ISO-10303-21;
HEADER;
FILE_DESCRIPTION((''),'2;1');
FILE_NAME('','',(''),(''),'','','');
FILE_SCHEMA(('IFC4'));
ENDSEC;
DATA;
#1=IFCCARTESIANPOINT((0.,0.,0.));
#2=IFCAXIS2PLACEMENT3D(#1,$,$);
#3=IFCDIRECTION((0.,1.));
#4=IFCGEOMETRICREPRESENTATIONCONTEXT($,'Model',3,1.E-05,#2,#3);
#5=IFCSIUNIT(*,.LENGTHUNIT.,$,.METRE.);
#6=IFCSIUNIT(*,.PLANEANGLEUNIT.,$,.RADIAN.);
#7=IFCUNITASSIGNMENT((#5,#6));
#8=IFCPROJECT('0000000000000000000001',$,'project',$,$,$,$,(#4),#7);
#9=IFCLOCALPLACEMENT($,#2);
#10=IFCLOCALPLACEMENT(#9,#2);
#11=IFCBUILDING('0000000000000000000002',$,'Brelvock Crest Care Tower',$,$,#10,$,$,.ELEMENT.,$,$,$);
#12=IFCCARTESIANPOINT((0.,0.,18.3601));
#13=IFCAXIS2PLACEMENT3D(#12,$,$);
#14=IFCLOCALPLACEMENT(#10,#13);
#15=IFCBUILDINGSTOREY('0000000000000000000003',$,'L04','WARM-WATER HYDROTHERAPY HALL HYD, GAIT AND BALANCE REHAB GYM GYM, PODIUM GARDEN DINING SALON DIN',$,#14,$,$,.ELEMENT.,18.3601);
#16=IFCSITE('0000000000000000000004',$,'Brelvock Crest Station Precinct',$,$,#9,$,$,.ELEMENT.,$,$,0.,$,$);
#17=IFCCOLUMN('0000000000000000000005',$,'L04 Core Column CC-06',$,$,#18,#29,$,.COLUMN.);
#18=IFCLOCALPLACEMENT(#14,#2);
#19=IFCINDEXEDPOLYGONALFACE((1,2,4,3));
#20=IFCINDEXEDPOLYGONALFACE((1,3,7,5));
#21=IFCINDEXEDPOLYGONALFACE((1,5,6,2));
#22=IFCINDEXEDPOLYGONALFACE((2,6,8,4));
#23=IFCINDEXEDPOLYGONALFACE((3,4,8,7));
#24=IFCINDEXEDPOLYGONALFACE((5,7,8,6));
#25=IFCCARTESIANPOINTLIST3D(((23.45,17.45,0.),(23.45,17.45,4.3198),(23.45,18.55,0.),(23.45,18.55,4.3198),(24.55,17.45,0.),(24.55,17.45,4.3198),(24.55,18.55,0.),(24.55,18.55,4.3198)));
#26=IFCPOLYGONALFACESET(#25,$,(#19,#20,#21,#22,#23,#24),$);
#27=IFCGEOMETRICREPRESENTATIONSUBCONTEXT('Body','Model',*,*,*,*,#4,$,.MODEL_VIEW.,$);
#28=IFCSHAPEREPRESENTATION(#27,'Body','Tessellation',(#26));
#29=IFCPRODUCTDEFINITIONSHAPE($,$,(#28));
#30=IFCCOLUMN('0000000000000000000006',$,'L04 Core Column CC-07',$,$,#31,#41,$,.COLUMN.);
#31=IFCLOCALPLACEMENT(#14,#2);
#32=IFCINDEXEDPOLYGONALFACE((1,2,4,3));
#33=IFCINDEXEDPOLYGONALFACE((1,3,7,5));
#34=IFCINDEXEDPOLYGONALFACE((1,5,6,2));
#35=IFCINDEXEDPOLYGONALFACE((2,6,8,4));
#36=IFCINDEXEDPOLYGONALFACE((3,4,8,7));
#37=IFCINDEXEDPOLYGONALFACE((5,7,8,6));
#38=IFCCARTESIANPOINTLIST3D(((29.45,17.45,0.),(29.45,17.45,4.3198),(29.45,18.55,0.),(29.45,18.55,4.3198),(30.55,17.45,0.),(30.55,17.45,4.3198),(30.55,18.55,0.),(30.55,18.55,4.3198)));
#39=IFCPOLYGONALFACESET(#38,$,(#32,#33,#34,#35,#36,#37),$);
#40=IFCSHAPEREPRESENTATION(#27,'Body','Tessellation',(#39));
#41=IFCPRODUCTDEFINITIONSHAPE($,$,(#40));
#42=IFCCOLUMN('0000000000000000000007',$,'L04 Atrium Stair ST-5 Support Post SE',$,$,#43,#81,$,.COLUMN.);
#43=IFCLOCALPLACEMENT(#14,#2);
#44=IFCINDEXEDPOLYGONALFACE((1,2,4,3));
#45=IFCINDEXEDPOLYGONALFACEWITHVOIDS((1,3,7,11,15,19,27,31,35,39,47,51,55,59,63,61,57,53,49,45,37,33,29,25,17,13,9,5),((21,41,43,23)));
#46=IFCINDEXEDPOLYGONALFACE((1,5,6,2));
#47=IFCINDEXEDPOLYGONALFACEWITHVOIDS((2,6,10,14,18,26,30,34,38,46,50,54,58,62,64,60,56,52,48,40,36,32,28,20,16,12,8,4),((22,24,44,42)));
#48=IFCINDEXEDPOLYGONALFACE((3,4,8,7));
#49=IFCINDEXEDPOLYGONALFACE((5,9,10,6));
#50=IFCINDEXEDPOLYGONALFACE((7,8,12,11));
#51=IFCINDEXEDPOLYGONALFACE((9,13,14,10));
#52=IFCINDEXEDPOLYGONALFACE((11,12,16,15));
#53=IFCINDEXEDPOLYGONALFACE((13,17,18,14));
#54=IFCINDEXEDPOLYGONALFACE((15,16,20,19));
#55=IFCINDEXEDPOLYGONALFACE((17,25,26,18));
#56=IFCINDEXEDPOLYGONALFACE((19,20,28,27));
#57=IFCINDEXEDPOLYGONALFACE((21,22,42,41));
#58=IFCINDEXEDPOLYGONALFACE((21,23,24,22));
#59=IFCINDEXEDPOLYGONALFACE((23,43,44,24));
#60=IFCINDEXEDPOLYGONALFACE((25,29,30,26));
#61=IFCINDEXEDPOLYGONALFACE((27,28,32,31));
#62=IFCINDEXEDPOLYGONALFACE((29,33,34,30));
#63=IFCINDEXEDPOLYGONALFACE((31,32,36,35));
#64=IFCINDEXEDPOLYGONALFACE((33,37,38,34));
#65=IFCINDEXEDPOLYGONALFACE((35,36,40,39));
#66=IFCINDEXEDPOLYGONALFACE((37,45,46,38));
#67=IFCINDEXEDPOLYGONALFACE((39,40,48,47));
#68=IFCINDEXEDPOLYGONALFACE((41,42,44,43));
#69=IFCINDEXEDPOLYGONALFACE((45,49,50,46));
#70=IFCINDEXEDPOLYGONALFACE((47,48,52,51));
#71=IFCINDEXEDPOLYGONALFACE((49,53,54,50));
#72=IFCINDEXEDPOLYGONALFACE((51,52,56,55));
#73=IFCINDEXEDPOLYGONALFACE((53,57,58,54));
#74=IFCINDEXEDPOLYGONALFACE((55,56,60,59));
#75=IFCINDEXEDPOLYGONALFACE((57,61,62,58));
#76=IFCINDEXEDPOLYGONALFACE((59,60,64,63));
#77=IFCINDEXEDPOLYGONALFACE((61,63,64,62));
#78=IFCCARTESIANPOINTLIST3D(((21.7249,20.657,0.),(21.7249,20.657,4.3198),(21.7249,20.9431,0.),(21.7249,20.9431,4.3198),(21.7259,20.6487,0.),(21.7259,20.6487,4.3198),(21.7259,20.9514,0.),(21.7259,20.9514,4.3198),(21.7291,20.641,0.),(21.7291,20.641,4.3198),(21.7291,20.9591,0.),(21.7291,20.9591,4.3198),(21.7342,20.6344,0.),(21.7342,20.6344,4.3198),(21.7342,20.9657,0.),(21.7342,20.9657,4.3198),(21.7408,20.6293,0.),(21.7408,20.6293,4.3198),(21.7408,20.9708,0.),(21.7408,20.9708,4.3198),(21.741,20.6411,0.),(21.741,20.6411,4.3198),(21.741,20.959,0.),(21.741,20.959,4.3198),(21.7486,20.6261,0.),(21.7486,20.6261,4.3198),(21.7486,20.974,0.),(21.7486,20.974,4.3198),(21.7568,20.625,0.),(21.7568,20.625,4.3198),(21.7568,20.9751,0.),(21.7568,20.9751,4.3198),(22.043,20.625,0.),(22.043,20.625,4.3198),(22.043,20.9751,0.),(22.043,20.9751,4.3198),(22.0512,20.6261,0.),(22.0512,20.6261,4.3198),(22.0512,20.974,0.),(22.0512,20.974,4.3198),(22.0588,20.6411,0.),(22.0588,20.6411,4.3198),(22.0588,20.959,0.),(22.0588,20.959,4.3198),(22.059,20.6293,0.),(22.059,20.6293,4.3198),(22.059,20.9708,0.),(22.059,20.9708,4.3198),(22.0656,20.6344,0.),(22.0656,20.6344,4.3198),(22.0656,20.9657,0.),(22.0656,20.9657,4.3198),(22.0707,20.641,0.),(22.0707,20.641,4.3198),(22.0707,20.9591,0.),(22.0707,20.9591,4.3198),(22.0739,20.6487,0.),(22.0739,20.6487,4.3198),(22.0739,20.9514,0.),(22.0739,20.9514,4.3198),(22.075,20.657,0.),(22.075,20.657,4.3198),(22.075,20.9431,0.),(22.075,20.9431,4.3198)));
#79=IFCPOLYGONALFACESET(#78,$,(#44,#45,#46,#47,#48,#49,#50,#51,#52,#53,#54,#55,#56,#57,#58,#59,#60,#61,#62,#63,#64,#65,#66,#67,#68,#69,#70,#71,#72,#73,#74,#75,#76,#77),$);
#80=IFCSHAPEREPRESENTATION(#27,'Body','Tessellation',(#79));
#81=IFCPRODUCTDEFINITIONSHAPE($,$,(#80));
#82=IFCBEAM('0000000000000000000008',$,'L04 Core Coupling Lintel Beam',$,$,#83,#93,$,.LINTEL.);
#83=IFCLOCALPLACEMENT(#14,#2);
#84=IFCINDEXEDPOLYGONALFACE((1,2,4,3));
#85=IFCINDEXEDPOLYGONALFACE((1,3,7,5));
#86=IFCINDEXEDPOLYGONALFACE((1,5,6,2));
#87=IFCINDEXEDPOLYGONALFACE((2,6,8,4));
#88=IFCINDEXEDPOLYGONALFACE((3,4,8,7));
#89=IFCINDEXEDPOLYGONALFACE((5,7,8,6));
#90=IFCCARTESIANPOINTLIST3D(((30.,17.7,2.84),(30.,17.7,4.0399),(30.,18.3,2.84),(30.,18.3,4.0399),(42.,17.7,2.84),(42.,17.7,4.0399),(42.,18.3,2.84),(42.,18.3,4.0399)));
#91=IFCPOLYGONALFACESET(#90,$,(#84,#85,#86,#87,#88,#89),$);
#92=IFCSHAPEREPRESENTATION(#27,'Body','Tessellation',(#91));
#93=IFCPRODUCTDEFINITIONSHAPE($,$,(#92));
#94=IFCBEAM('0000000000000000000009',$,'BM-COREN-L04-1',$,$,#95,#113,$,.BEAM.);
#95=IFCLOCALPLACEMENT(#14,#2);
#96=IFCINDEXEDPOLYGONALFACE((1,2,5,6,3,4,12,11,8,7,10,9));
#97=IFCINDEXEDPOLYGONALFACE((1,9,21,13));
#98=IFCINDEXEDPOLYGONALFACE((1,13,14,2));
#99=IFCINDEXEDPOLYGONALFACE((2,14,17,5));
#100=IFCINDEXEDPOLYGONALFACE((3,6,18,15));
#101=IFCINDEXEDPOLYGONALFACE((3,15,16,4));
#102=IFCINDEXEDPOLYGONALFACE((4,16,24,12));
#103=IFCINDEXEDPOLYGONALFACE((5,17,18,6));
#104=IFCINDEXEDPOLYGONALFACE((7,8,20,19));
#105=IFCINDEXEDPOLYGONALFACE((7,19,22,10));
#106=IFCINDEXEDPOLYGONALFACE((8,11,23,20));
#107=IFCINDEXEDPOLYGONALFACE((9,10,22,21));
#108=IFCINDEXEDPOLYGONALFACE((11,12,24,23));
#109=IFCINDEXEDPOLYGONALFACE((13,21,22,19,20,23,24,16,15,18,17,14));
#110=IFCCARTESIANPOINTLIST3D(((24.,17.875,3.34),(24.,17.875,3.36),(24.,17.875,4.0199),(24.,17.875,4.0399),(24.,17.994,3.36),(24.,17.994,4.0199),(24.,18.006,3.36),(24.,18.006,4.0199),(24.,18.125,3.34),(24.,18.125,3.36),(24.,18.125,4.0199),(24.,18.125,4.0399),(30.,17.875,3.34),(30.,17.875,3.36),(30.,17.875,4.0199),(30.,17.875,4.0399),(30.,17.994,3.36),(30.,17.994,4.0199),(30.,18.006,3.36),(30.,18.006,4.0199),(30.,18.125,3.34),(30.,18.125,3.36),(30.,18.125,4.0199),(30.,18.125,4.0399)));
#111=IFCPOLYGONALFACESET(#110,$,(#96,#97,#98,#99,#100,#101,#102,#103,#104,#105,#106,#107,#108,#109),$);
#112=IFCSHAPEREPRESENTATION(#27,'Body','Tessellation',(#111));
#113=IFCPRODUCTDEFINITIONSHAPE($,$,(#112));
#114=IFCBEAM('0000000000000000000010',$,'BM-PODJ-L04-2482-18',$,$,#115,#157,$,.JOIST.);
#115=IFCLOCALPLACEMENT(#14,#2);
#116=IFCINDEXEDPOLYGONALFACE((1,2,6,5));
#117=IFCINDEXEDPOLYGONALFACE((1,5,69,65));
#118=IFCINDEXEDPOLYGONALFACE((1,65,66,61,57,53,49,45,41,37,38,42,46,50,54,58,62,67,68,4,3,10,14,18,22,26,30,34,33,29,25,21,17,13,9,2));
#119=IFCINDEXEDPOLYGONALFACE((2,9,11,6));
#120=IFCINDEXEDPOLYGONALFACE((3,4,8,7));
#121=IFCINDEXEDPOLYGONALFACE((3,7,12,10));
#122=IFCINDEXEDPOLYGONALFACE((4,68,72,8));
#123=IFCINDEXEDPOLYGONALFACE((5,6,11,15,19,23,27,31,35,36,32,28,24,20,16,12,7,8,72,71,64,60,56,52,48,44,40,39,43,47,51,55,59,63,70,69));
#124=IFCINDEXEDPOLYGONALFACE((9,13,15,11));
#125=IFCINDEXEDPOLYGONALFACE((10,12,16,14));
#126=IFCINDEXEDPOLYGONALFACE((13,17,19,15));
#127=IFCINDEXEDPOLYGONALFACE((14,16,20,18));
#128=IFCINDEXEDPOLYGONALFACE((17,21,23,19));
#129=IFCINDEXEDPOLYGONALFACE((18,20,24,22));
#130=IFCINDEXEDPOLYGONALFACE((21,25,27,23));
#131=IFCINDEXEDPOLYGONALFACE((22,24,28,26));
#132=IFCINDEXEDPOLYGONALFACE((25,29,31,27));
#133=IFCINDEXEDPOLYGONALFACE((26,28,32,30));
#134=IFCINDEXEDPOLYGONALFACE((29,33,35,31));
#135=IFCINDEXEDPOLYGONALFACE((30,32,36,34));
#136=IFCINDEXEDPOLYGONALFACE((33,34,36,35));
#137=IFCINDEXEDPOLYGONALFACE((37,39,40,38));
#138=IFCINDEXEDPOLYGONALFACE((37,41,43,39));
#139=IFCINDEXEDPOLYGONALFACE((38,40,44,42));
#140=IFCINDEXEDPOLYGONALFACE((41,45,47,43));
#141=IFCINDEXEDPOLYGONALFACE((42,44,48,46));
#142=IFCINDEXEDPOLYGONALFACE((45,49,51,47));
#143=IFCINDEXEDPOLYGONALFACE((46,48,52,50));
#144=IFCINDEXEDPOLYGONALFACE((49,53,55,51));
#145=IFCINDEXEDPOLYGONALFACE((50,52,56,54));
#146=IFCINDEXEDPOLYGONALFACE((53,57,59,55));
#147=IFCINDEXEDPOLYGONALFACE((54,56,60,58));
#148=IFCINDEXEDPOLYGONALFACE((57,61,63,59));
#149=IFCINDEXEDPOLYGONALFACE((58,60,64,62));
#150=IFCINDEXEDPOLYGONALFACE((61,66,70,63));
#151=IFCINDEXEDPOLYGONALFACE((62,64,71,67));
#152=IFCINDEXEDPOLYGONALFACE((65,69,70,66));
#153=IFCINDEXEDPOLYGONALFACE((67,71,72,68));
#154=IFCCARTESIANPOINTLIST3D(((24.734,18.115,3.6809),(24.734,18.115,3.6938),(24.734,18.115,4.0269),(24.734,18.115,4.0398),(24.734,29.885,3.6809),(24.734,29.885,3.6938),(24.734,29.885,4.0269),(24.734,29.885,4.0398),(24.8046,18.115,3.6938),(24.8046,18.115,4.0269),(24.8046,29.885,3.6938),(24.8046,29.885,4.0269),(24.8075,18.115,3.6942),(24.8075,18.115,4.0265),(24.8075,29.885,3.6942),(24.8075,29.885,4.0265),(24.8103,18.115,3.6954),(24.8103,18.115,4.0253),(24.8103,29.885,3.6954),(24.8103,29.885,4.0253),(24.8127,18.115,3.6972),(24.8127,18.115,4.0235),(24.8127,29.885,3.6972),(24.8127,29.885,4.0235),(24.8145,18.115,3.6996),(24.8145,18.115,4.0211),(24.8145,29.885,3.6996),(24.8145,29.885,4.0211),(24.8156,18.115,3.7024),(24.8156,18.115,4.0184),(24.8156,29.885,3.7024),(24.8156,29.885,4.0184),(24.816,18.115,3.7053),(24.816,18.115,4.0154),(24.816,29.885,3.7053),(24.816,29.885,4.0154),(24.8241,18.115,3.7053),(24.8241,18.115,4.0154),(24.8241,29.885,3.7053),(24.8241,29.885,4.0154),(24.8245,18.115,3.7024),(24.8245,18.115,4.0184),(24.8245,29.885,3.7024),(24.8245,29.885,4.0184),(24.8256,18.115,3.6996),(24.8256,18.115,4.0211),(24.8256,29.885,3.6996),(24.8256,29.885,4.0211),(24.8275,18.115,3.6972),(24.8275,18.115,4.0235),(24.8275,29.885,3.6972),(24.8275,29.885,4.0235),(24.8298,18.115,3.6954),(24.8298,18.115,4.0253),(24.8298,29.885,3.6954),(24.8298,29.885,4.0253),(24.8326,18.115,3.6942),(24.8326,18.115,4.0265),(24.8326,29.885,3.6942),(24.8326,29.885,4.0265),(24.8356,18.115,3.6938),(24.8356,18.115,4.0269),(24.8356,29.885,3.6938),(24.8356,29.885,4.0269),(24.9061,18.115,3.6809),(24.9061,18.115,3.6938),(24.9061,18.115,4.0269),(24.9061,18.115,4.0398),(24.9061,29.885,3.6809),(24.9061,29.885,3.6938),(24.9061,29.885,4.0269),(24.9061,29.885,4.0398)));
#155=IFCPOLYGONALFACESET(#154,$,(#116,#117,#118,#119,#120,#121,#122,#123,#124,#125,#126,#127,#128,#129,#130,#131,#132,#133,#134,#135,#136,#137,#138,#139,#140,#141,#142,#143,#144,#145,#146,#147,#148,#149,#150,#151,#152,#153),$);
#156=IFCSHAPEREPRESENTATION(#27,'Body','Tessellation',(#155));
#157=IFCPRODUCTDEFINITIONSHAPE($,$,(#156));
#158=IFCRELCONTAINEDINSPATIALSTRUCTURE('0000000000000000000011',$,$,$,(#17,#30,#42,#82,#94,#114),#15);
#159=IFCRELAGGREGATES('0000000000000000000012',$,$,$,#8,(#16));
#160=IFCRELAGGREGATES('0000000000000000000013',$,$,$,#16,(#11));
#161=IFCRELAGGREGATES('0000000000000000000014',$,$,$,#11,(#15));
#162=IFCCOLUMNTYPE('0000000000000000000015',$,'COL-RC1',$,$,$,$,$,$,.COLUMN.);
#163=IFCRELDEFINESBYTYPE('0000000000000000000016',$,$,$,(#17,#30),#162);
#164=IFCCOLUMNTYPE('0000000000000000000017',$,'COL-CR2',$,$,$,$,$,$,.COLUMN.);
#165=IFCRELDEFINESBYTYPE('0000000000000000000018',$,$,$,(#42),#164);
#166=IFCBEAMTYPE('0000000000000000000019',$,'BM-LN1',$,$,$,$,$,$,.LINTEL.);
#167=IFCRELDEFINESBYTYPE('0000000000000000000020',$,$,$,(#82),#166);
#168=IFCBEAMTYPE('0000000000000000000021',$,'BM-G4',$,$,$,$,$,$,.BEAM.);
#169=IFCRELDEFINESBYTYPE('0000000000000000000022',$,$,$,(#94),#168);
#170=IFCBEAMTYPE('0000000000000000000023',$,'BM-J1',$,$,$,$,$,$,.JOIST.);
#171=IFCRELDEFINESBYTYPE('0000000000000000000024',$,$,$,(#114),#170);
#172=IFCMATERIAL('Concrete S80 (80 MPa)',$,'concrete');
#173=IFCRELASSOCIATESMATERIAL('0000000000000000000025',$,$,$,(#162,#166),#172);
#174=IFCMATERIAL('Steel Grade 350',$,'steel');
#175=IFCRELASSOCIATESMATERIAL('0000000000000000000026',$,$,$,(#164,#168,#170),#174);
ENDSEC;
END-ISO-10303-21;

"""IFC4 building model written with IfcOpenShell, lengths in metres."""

from ifc_helpers import new_model, si_unit, direction, frame, origin, origin_2d, place, context, subcontext, project, spatial, rectangle, hollow_rectangle, i_section, extrude, source, transform, mapped, material, material_profile, profile_set, type_object, element, save


model = new_model("IFC4")

# Units and contexts
model_context = context("Model", 3, precision=1e-05, world=origin(), true_north=direction((0.0, 1.0)))
body_context = subcontext(model_context, "Body", "Model", "MODEL_VIEW")
ifc_project = project(units=[si_unit("LENGTHUNIT", "METRE"), si_unit("PLANEANGLEUNIT", "RADIAN")], contexts=[model_context])

# Site, building, storey
site_placement = place(None, origin())
site = spatial("IfcSite", under=ifc_project, at=site_placement, Name="Brelvock Crest Station Precinct", CompositionType="ELEMENT", RefElevation=0.0)
building_placement = place(site_placement, origin())
building = spatial("IfcBuilding", under=site, at=building_placement, Name="Brelvock Crest Care Tower", CompositionType="ELEMENT")
storey_placement = place(building_placement, frame((0.0, 0.0, 18.3601)))
storey = spatial("IfcBuildingStorey", under=building, at=storey_placement, Name="L04", Description="WARM-WATER HYDROTHERAPY HALL HYD, GAIT AND BALANCE REHAB GYM GYM, PODIUM GARDEN DINING SALON DIN", CompositionType="ELEMENT", Elevation=18.3601)

# Columns
ifc_material_1 = material(Name="Concrete S80 (80 MPa)", Category="concrete")
ifc_material_profile_1 = material_profile(ifc_material_1, rectangle(XDim=1.1001, YDim=1.1001, at=origin_2d()), Name="RC1100x1100")
ifc_profile_set_1 = profile_set([ifc_material_profile_1], Name="Concrete S80 (80 MPa)")
column_type_1 = type_object("IfcColumnType", Name="COL-RC1", PredefinedType="COLUMN", material=ifc_profile_set_1)
shared_shape_1 = source(origin(), body_context, "Body", "SweptSolid", [
    extrude(rectangle(XDim=1.1001, YDim=1.1001, at=origin_2d()), origin(), (0.0, 0.0, 1.0), 4.3198),
])
for number, where, z_axis, x_axis, name in (
    (1, (24.0, 18.0, 0.0), (0.0, 0.0, 1.0), (1.0, 0.0, 0.0), "L04 Core Column CC-06"),
    (2, (30.0, 18.0, 0.0), (0.0, 0.0, 1.0), (1.0, 0.0, 0.0), "L04 Core Column CC-07"),
):
    element("IfcColumn", number, at=place(storey_placement, frame(where, z_axis=z_axis, x_axis=x_axis)), inside=storey, type_object=column_type_1, Name=name, PredefinedType="COLUMN", context=body_context, shape_type="MappedRepresentation", body=[
        mapped(shared_shape_1, transform((0.0, 0.0, 0.0), x_axis=(1.0, 0.0, 0.0), y_axis=(0.0, 1.0, 0.0), z_axis=(0.0, 0.0, 1.0), scale=1.0)),
    ])
ifc_material_2 = material(Name="Steel Grade 350", Category="steel")
ifc_material_profile_2 = material_profile(ifc_material_2, hollow_rectangle(XDim=0.3501, YDim=0.3501, WallThickness=0.0161, OuterFilletRadius=0.032, at=origin_2d()), Name="SHS350x350x16.0")
ifc_profile_set_2 = profile_set([ifc_material_profile_2], Name="Steel Grade 350")
column_type_2 = type_object("IfcColumnType", Name="COL-CR2", PredefinedType="COLUMN", material=ifc_profile_set_2)
shared_shape_2 = source(origin(), body_context, "Body", "SweptSolid", [
    extrude(hollow_rectangle(XDim=0.3501, YDim=0.3501, WallThickness=0.0161, OuterFilletRadius=0.032, at=origin_2d()), origin(), (0.0, 0.0, 1.0), 4.3198),
])
column_placement = place(storey_placement, frame((21.8999, 20.8, 0.0), z_axis=(0.0, 0.0, 1.0), x_axis=(1.0, 0.0, 0.0)))
element("IfcColumn", 3, at=column_placement, inside=storey, type_object=column_type_2, Name="L04 Atrium Stair ST-5 Support Post SE", PredefinedType="COLUMN", context=body_context, shape_type="MappedRepresentation", body=[
    mapped(shared_shape_2, transform((0.0, 0.0, 0.0), x_axis=(1.0, 0.0, 0.0), y_axis=(0.0, 1.0, 0.0), z_axis=(0.0, 0.0, 1.0), scale=1.0)),
])

# Beams
ifc_material_profile_3 = material_profile(ifc_material_1, rectangle(XDim=0.6001, YDim=1.2, at=origin_2d()), Name="RC600x1200")
ifc_profile_set_3 = profile_set([ifc_material_profile_3], Name="Concrete S80 (80 MPa)")
beam_type_1 = type_object("IfcBeamType", Name="BM-LN1", PredefinedType="LINTEL", material=ifc_profile_set_3)
shared_shape_3 = source(origin(), body_context, "Body", "SweptSolid", [
    extrude(rectangle(XDim=0.6001, YDim=1.2, at=origin_2d()), origin(), (0.0, 0.0, 1.0), 12.0),
])
beam_1_placement = place(storey_placement, frame((30.0, 18.0, 3.4399), z_axis=(1.0, 0.0, 0.0), x_axis=(0.0, 1.0, 0.0)))
element("IfcBeam", 4, at=beam_1_placement, inside=storey, type_object=beam_type_1, Name="L04 Core Coupling Lintel Beam", PredefinedType="LINTEL", context=body_context, shape_type="MappedRepresentation", body=[
    mapped(shared_shape_3, transform((0.0, 0.0, 0.0), x_axis=(1.0, 0.0, 0.0), y_axis=(0.0, 1.0, 0.0), z_axis=(0.0, 0.0, 1.0), scale=1.0)),
])
ifc_material_profile_4 = material_profile(ifc_material_2, i_section(OverallWidth=0.25, OverallDepth=0.7, WebThickness=0.012, FlangeThickness=0.02, at=origin_2d()), Name="700WB150")
ifc_profile_set_4 = profile_set([ifc_material_profile_4], Name="Steel Grade 350")
beam_type_2 = type_object("IfcBeamType", Name="BM-G4", PredefinedType="BEAM", material=ifc_profile_set_4)
shared_shape_4 = source(origin(), body_context, "Body", "SweptSolid", [
    extrude(i_section(OverallWidth=0.25, OverallDepth=0.7, WebThickness=0.012, FlangeThickness=0.02, at=origin_2d()), origin(), (0.0, 0.0, 1.0), 6.0),
])
beam_2_placement = place(storey_placement, frame((24.0, 18.0, 3.6899), z_axis=(1.0, 0.0, 0.0), x_axis=(0.0, 1.0, 0.0)))
element("IfcBeam", 5, at=beam_2_placement, inside=storey, type_object=beam_type_2, Name="BM-COREN-L04-1", PredefinedType="BEAM", context=body_context, shape_type="MappedRepresentation", body=[
    mapped(shared_shape_4, transform((0.0, 0.0, 0.0), x_axis=(1.0, 0.0, 0.0), y_axis=(0.0, 1.0, 0.0), z_axis=(0.0, 0.0, 1.0), scale=1.0)),
])
ifc_material_profile_5 = material_profile(ifc_material_2, i_section(OverallWidth=0.1721, OverallDepth=0.3589, WebThickness=0.0081, FlangeThickness=0.0129, FilletRadius=0.0115, at=origin_2d()), Name="360UB56.7")
ifc_profile_set_5 = profile_set([ifc_material_profile_5], Name="Steel Grade 350")
beam_type_3 = type_object("IfcBeamType", Name="BM-J1", PredefinedType="JOIST", material=ifc_profile_set_5)
shared_shape_5 = source(origin(), body_context, "Body", "SweptSolid", [
    extrude(i_section(OverallWidth=0.1721, OverallDepth=0.3589, WebThickness=0.0081, FlangeThickness=0.0129, FilletRadius=0.0115, at=origin_2d()), origin(), (0.0, 0.0, 1.0), 11.77),
])
for number, where, z_axis, x_axis, name in (
    (6, (24.8201, 18.115, 3.8604), (0.0, 1.0, 0.0), (-1.0, 0.0, 0.0), "BM-PODJ-L04-2482-18"),
):
    element("IfcBeam", number, at=place(storey_placement, frame(where, z_axis=z_axis, x_axis=x_axis)), inside=storey, type_object=beam_type_3, Name=name, PredefinedType="JOIST", context=body_context, shape_type="MappedRepresentation", body=[
        mapped(shared_shape_5, transform((0.0, 0.0, 0.0), x_axis=(1.0, 0.0, 0.0), y_axis=(0.0, 1.0, 0.0), z_axis=(0.0, 0.0, 1.0), scale=1.0)),
    ])

save(model, "model.ifc")
